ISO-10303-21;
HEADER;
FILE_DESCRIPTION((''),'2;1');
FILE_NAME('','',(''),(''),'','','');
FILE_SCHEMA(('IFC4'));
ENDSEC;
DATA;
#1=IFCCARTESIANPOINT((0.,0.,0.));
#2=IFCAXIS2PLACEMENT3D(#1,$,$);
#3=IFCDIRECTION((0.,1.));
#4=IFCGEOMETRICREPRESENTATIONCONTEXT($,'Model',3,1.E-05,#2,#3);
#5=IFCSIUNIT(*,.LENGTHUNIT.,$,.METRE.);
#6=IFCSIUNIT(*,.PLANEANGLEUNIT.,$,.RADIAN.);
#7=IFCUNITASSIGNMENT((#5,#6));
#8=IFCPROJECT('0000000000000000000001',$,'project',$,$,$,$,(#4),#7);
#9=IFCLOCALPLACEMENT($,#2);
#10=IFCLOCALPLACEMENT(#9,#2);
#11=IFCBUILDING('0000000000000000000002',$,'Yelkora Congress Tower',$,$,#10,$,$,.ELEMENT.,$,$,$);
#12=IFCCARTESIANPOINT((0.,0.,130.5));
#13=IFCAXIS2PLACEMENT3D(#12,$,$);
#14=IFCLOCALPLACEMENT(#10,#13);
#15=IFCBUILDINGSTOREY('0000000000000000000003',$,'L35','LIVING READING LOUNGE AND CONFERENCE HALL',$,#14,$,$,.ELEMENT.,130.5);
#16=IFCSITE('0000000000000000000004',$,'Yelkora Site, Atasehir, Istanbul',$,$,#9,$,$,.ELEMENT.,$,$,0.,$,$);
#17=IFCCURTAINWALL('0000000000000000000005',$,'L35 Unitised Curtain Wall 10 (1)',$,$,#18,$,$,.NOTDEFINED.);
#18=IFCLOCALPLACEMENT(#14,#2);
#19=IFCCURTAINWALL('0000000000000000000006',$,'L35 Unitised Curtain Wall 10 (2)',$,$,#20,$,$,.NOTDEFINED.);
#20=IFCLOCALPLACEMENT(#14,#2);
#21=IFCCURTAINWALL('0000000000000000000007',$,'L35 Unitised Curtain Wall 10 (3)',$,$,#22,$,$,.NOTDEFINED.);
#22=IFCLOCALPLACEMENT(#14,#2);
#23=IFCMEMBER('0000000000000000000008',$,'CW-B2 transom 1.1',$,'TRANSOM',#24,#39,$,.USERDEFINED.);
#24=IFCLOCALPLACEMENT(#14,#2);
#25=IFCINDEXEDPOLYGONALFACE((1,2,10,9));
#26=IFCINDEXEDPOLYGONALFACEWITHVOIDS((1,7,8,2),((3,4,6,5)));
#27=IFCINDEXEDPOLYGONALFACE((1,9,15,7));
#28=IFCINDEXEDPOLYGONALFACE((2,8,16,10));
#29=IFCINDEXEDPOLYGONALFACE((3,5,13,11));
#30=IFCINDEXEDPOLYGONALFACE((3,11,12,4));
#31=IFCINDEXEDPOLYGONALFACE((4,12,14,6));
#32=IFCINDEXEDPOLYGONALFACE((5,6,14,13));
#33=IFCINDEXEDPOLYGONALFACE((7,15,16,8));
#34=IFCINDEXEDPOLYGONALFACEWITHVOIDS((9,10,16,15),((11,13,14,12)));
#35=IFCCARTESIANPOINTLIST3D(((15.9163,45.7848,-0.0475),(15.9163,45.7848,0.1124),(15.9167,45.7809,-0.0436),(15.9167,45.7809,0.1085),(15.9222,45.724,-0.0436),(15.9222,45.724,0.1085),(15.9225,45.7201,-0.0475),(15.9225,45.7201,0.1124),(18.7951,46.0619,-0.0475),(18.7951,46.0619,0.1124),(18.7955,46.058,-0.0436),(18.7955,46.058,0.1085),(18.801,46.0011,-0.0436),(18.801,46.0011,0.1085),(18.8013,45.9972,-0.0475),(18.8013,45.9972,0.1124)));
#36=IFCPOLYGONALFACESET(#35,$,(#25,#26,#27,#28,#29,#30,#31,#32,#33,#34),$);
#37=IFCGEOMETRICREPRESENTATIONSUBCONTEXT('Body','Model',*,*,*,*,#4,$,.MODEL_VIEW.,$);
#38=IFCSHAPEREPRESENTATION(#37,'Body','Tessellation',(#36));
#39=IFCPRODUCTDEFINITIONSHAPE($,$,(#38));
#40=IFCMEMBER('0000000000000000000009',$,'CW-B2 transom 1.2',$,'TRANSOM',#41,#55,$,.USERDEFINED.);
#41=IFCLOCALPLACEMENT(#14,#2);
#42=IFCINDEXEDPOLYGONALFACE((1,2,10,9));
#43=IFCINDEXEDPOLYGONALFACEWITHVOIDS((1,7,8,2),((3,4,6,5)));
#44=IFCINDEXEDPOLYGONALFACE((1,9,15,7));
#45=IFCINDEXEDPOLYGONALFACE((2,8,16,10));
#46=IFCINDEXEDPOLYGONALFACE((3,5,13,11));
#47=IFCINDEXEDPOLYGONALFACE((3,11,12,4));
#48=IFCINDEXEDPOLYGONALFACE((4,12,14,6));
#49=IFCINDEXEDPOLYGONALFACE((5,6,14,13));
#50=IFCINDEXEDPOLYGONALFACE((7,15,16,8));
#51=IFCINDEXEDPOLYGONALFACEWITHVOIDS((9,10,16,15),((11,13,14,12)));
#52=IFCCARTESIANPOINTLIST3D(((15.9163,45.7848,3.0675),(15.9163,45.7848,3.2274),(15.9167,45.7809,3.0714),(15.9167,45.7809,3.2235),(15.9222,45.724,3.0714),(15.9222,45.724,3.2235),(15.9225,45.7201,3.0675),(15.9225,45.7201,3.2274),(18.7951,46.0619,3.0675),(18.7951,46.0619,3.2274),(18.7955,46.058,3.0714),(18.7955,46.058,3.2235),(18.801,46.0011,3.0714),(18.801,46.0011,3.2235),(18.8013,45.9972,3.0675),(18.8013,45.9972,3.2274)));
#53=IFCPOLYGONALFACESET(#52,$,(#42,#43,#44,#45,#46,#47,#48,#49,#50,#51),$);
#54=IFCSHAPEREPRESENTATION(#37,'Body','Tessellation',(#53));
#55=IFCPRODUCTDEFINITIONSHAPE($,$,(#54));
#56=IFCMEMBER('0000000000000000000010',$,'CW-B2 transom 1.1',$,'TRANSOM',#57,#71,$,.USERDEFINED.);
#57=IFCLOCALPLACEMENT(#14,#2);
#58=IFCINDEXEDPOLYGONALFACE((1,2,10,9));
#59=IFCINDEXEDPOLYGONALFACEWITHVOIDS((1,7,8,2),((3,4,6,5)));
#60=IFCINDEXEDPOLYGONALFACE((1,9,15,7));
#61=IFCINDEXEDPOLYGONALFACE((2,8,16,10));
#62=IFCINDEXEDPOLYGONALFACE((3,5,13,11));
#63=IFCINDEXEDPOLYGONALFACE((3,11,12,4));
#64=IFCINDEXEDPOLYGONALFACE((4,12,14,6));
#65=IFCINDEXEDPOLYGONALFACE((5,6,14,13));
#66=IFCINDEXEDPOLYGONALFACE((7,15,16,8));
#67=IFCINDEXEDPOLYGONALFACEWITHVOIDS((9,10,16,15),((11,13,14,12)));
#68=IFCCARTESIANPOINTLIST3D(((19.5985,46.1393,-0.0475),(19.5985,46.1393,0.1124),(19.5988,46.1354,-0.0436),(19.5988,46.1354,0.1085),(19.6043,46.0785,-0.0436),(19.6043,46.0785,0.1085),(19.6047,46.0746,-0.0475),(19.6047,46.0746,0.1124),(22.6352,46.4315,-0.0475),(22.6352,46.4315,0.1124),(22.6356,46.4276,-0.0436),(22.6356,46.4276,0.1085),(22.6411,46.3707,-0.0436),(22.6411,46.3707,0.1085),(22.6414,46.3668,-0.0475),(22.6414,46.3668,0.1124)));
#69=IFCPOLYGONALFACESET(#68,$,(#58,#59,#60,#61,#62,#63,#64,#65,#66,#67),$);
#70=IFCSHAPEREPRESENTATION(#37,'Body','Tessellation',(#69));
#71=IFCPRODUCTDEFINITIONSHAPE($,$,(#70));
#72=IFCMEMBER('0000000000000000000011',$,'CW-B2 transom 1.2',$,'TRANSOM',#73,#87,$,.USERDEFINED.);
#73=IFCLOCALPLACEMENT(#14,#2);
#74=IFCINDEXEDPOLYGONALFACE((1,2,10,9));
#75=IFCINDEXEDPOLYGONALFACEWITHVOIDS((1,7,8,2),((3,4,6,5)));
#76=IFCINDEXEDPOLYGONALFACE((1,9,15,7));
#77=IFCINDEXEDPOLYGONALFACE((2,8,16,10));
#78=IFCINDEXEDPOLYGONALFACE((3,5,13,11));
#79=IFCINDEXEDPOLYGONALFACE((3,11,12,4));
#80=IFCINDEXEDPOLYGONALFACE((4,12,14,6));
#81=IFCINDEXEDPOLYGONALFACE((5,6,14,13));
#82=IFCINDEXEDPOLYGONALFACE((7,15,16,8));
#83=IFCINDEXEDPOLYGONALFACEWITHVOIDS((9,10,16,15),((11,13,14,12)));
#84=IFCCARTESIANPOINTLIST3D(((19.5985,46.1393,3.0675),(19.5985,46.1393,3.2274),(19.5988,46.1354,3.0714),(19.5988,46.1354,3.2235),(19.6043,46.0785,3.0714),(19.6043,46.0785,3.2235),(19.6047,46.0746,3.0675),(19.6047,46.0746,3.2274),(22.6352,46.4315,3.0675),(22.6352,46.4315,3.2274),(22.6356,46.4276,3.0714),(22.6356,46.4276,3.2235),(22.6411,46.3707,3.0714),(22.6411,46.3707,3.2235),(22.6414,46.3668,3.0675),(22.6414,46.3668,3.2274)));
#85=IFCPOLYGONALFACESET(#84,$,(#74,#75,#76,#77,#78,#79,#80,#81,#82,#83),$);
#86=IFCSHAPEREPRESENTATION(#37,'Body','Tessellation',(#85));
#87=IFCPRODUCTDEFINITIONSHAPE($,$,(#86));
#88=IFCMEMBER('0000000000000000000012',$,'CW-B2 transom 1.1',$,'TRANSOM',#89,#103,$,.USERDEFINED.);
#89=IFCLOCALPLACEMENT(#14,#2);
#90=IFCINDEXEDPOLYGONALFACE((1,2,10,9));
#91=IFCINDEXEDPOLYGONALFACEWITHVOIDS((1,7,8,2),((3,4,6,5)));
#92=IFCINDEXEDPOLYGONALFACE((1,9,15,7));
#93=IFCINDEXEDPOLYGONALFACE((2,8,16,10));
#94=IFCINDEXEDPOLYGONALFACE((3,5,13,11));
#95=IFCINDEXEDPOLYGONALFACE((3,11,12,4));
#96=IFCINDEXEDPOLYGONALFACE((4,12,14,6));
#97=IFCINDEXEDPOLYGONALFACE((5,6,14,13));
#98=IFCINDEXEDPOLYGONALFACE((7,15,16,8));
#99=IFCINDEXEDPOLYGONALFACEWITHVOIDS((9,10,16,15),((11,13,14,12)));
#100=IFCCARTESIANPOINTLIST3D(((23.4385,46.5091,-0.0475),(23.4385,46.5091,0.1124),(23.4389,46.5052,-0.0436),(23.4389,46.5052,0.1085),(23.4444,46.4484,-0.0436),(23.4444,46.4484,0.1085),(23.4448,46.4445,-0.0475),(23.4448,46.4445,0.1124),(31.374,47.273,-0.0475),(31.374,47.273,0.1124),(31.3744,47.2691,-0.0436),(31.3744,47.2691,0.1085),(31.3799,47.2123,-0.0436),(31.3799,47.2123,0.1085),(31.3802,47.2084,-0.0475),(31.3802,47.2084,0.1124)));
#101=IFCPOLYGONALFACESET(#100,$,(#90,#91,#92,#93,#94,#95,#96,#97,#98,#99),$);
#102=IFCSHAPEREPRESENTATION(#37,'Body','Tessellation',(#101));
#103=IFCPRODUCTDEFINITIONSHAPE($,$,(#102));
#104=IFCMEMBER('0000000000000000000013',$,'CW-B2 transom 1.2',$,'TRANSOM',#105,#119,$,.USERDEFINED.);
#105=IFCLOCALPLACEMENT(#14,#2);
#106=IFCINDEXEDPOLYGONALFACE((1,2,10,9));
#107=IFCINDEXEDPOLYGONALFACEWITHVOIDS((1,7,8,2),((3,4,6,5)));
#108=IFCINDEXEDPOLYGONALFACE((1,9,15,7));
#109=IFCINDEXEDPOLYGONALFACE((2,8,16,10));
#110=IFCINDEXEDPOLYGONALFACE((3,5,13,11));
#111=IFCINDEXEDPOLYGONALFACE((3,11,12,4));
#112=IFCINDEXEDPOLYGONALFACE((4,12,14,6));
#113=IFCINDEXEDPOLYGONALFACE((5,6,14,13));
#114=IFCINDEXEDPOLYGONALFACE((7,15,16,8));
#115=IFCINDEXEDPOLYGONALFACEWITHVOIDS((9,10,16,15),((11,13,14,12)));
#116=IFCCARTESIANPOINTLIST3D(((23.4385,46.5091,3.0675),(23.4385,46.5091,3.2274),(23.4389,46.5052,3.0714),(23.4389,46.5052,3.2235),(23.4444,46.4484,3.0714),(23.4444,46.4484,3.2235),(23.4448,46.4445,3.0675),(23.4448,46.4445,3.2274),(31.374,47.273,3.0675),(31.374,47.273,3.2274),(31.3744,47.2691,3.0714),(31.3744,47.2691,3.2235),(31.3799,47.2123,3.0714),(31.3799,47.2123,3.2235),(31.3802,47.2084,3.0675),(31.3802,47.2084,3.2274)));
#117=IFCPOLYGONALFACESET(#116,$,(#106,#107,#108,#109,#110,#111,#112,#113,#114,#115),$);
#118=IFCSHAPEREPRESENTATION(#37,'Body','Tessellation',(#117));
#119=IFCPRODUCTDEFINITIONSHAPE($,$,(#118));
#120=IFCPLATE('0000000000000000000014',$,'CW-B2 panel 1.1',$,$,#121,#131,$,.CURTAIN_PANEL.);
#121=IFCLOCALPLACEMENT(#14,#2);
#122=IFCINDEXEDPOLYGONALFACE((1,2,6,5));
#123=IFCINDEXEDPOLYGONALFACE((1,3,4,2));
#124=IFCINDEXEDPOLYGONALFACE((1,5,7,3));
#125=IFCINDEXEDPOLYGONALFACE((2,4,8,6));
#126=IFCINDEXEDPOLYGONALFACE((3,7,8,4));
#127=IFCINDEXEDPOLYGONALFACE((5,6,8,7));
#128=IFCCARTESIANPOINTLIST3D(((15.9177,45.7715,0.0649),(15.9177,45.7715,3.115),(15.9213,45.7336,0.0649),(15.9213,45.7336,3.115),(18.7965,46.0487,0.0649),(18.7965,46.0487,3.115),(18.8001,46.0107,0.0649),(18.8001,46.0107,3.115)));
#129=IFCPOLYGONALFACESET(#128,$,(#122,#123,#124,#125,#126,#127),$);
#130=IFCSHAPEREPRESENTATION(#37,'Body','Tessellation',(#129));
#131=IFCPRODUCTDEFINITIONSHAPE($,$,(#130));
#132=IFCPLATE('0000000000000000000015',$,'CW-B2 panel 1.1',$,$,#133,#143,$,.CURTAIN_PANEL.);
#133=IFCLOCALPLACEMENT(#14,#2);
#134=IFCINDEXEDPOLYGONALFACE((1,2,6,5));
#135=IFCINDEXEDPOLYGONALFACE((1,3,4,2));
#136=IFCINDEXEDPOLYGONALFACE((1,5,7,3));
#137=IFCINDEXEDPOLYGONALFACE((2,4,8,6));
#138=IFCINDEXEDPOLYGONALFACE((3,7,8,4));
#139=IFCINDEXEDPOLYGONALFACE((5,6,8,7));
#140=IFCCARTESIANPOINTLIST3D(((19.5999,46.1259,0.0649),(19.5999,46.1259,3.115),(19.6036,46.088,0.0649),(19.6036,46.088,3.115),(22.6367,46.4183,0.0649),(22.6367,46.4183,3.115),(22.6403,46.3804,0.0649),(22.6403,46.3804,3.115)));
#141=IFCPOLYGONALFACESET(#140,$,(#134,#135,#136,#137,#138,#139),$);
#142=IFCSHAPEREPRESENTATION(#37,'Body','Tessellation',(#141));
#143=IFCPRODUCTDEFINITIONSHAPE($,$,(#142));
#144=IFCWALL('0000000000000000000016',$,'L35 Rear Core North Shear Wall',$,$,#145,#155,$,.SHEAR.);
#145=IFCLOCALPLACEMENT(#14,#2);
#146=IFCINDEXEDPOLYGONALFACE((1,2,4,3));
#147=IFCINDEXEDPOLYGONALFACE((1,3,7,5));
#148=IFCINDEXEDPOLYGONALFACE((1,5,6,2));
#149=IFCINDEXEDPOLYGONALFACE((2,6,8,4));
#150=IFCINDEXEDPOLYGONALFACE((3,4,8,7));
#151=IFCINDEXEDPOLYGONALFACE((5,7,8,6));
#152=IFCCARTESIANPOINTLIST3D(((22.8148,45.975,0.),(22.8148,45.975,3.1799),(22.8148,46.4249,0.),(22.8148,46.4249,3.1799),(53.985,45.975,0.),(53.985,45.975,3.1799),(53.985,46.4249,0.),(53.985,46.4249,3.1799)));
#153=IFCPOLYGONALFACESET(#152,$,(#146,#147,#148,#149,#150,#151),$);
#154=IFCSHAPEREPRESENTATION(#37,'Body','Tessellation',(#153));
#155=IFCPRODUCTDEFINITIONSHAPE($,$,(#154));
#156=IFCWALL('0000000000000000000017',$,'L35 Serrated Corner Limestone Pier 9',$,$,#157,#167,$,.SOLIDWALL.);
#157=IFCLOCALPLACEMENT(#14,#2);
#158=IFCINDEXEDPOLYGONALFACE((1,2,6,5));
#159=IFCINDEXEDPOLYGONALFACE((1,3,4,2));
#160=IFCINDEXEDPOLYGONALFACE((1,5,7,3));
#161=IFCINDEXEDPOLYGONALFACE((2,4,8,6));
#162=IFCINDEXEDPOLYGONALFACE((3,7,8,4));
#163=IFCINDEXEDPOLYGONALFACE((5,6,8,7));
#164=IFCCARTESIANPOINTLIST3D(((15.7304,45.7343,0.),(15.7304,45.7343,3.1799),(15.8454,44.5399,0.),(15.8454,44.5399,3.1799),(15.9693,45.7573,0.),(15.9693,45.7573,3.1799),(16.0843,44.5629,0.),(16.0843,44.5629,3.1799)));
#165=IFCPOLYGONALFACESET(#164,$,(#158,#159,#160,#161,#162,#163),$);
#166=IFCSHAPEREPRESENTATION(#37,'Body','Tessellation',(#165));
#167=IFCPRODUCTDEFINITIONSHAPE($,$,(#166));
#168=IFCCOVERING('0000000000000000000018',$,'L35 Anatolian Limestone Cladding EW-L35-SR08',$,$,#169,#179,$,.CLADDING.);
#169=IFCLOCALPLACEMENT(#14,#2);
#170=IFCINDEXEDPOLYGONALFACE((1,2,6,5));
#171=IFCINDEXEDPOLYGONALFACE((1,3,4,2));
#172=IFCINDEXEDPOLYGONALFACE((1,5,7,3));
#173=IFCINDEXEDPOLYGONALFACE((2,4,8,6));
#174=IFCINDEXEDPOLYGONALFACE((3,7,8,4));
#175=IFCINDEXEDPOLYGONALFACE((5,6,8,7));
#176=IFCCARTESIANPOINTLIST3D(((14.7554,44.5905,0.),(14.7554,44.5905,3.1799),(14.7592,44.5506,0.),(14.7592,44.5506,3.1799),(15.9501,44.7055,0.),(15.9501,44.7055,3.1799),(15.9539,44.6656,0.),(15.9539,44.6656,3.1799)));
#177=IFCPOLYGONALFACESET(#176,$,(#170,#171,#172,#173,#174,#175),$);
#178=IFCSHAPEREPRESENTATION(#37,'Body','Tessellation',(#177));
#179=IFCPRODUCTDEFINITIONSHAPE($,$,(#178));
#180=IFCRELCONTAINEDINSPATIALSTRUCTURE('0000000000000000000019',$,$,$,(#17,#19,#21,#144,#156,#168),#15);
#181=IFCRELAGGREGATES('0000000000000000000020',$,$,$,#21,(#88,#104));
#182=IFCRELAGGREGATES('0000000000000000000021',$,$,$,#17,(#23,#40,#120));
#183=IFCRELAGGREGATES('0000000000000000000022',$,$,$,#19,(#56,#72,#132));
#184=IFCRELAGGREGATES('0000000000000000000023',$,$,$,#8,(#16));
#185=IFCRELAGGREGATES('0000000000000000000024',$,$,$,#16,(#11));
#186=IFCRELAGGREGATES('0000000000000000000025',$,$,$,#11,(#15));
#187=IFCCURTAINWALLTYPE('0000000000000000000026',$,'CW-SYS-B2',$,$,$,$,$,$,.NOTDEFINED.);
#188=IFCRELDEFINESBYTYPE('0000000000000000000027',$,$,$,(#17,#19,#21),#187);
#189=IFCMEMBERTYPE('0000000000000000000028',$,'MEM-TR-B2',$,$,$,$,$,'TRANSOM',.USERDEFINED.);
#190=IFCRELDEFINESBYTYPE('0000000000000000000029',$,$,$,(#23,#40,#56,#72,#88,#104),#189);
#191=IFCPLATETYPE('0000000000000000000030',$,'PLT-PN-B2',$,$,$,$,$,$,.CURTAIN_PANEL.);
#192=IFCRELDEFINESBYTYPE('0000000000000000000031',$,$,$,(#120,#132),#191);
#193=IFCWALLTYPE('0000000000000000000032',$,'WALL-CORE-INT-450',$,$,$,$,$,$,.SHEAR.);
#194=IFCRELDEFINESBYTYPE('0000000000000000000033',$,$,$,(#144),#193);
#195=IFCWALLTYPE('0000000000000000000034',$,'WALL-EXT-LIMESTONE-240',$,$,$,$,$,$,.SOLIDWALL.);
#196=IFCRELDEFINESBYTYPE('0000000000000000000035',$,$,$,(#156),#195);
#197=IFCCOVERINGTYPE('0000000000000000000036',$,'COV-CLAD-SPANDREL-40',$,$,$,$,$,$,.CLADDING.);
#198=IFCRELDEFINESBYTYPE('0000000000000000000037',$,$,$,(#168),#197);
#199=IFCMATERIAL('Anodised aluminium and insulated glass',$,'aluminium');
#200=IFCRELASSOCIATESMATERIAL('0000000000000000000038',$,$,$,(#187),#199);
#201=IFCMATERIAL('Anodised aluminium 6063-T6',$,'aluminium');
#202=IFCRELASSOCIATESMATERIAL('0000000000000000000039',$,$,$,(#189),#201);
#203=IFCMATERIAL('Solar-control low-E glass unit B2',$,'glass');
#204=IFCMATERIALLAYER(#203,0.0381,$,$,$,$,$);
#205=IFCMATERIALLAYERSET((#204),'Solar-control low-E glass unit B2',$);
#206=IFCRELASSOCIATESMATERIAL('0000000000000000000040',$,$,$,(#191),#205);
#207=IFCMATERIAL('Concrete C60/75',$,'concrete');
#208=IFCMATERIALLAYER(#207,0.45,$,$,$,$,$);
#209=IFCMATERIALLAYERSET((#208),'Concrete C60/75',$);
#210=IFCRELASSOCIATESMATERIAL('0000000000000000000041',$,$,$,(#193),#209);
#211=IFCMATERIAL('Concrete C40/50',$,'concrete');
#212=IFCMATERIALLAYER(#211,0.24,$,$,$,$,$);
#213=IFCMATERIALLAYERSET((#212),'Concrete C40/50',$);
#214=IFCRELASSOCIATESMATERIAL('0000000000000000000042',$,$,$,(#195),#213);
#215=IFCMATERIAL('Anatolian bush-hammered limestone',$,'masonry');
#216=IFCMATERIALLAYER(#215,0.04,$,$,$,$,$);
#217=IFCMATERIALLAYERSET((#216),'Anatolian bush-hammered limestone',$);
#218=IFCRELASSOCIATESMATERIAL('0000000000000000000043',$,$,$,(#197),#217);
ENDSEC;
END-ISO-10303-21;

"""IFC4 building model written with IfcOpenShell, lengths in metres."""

from ifc_helpers import new_model, si_unit, direction, frame, frame_2d, origin, origin_2d, place, context, subcontext, project, spatial, rectangle, hollow_rectangle, extrude, material, layer, layer_set, material_profile, profile_set, type_object, element, aggregate, save


model = new_model("IFC4")

# Units and contexts
model_context = context("Model", 3, precision=1e-05, world=origin(), true_north=direction((0.0, 1.0)))
body_context = subcontext(model_context, "Body", "Model", "MODEL_VIEW")
ifc_project = project(units=[si_unit("LENGTHUNIT", "METRE"), si_unit("PLANEANGLEUNIT", "RADIAN")], contexts=[model_context])

# Site, building, storey
site_placement = place(None, origin())
site = spatial("IfcSite", under=ifc_project, at=site_placement, Name="Yelkora Site, Atasehir, Istanbul", CompositionType="ELEMENT", RefElevation=0.0)
building_placement = place(site_placement, origin())
building = spatial("IfcBuilding", under=site, at=building_placement, Name="Yelkora Congress Tower", CompositionType="ELEMENT")
storey_placement = place(building_placement, frame((0.0, 0.0, 130.5)))
storey = spatial("IfcBuildingStorey", under=building, at=storey_placement, Name="L35", Description="LIVING READING LOUNGE AND CONFERENCE HALL", CompositionType="ELEMENT", Elevation=130.5)

# Curtain walls
ifc_material_1 = material(Name="Anodised aluminium and insulated glass", Category="aluminium")
curtain_wall_type = type_object("IfcCurtainWallType", Name="CW-SYS-B2", PredefinedType="NOTDEFINED", material=ifc_material_1)
curtain_wall_1_placement = place(storey_placement, origin())
curtain_wall_1 = element("IfcCurtainWall", 1, at=curtain_wall_1_placement, inside=storey, type_object=curtain_wall_type, Name="L35 Unitised Curtain Wall 10 (1)", PredefinedType="NOTDEFINED")
ifc_material_2 = material(Name="Anodised aluminium 6063-T6", Category="aluminium")
curtain_wall_2_placement = place(storey_placement, origin())
curtain_wall_2 = element("IfcCurtainWall", 2, at=curtain_wall_2_placement, inside=storey, type_object=curtain_wall_type, Name="L35 Unitised Curtain Wall 10 (2)", PredefinedType="NOTDEFINED")

# Curtain wall
curtain_wall_3_placement = place(storey_placement, origin())
curtain_wall_3 = element("IfcCurtainWall", 3, at=curtain_wall_3_placement, inside=storey, type_object=curtain_wall_type, Name="L35 Unitised Curtain Wall 10 (3)", PredefinedType="NOTDEFINED")

# Members
ifc_material_profile_1 = material_profile(ifc_material_2, hollow_rectangle(XDim=0.0649, YDim=0.1599, WallThickness=0.0039, at=origin_2d()), Name="ALU 65x160x4")
ifc_profile_set_1 = profile_set([ifc_material_profile_1], Name="Anodised aluminium 6063-T6")
member_type_1 = type_object("IfcMemberType", Name="MEM-TR-B2", ElementType="TRANSOM", PredefinedType="USERDEFINED", material=ifc_profile_set_1)
member_1_placement = place(storey_placement, frame((15.9194, 45.7524, 0.0325), z_axis=(0.9954, 0.095809, 0.0), x_axis=(-0.095809, 0.9954, 0.0)))
member_1 = element("IfcMember", 4, at=member_1_placement, type_object=member_type_1, Name="CW-B2 transom 1.1", ObjectType="TRANSOM", PredefinedType="USERDEFINED", context=body_context, shape_type="SweptSolid", body=[
    extrude(hollow_rectangle(XDim=0.0649, YDim=0.1599, WallThickness=0.0039, at=origin_2d()), origin(), (0.0, 0.0, 1.0), 2.8921),
])
member_2_placement = place(storey_placement, frame((15.9194, 45.7524, 3.1475), z_axis=(0.9954, 0.095809, 0.0), x_axis=(-0.095809, 0.9954, 0.0)))
member_2 = element("IfcMember", 5, at=member_2_placement, type_object=member_type_1, Name="CW-B2 transom 1.2", ObjectType="TRANSOM", PredefinedType="USERDEFINED", context=body_context, shape_type="SweptSolid", body=[
    extrude(hollow_rectangle(XDim=0.0649, YDim=0.1599, WallThickness=0.0039, at=origin_2d()), origin(), (0.0, 0.0, 1.0), 2.8921),
])
member_3_placement = place(storey_placement, frame((19.6016, 46.1069, 0.0325), z_axis=(0.995402, 0.095787, 0.0), x_axis=(-0.095787, 0.995402, 0.0)))
member_3 = element("IfcMember", 6, at=member_3_placement, type_object=member_type_1, Name="CW-B2 transom 1.1", ObjectType="TRANSOM", PredefinedType="USERDEFINED", context=body_context, shape_type="SweptSolid", body=[
    extrude(hollow_rectangle(XDim=0.0649, YDim=0.1599, WallThickness=0.0039, at=origin_2d()), origin(), (0.0, 0.0, 1.0), 3.0508),
])
member_4_placement = place(storey_placement, frame((19.6016, 46.1069, 3.1475), z_axis=(0.995402, 0.095787, 0.0), x_axis=(-0.095787, 0.995402, 0.0)))
member_4 = element("IfcMember", 7, at=member_4_placement, type_object=member_type_1, Name="CW-B2 transom 1.2", ObjectType="TRANSOM", PredefinedType="USERDEFINED", context=body_context, shape_type="SweptSolid", body=[
    extrude(hollow_rectangle(XDim=0.0649, YDim=0.1599, WallThickness=0.0039, at=origin_2d()), origin(), (0.0, 0.0, 1.0), 3.0508),
])
member_5_placement = place(storey_placement, frame((23.4417, 46.4768, 0.0325), z_axis=(0.995398, 0.095822, 0.0), x_axis=(-0.095822, 0.995398, 0.0)))
member_5 = element("IfcMember", 8, at=member_5_placement, type_object=member_type_1, Name="CW-B2 transom 1.1", ObjectType="TRANSOM", PredefinedType="USERDEFINED", context=body_context, shape_type="SweptSolid", body=[
    extrude(hollow_rectangle(XDim=0.0649, YDim=0.1599, WallThickness=0.0039, at=origin_2d()), origin(), (0.0, 0.0, 1.0), 7.9722),
])
member_6_placement = place(storey_placement, frame((23.4417, 46.4768, 3.1475), z_axis=(0.995398, 0.095822, 0.0), x_axis=(-0.095822, 0.995398, 0.0)))
member_6 = element("IfcMember", 9, at=member_6_placement, type_object=member_type_1, Name="CW-B2 transom 1.2", ObjectType="TRANSOM", PredefinedType="USERDEFINED", context=body_context, shape_type="SweptSolid", body=[
    extrude(hollow_rectangle(XDim=0.0649, YDim=0.1599, WallThickness=0.0039, at=origin_2d()), origin(), (0.0, 0.0, 1.0), 7.9722),
])
aggregate(curtain_wall_3, [member_5, member_6])

# Plates
ifc_material_3 = material(Name="Solar-control low-E glass unit B2", Category="glass")
ifc_layer_1 = layer(ifc_material_3, 0.0381)
ifc_layer_set_1 = layer_set([ifc_layer_1], Name="Solar-control low-E glass unit B2")
plate_type = type_object("IfcPlateType", Name="PLT-PN-B2", PredefinedType="CURTAIN_PANEL", material=ifc_layer_set_1)
plate_1_placement = place(storey_placement, frame((17.3589, 45.8911, 0.0649), z_axis=(0.0, 0.0, 1.0), x_axis=(0.995397, 0.095839, 0.0)))
plate_1 = element("IfcPlate", 10, at=plate_1_placement, type_object=plate_type, Name="CW-B2 panel 1.1", PredefinedType="CURTAIN_PANEL", context=body_context, shape_type="SweptSolid", body=[
    extrude(rectangle(XDim=2.8921, YDim=0.0381, at=origin_2d()), origin(), (0.0, 0.0, 1.0), 3.05),
])
aggregate(curtain_wall_1, [member_1, member_2, plate_1])
plate_2_placement = place(storey_placement, frame((21.1201, 46.2532, 0.0649), z_axis=(0.0, 0.0, 1.0), x_axis=(0.995397, 0.095841, 0.0)))
plate_2 = element("IfcPlate", 11, at=plate_2_placement, type_object=plate_type, Name="CW-B2 panel 1.1", PredefinedType="CURTAIN_PANEL", context=body_context, shape_type="SweptSolid", body=[
    extrude(rectangle(XDim=3.0508, YDim=0.0381, at=origin_2d()), origin(), (0.0, 0.0, 1.0), 3.05),
])
aggregate(curtain_wall_2, [member_3, member_4, plate_2])

# Walls
ifc_material_4 = material(Name="Concrete C60/75", Category="concrete")
ifc_layer_2 = layer(ifc_material_4, 0.45)
ifc_layer_set_2 = layer_set([ifc_layer_2], Name="Concrete C60/75")
wall_type_1 = type_object("IfcWallType", Name="WALL-CORE-INT-450", PredefinedType="SHEAR", material=ifc_layer_set_2)
wall_1_placement = place(storey_placement, frame((22.8149, 46.2, 0.0), z_axis=(0.0, 0.0, 1.0), x_axis=(1.0, 0.0, 0.0)))
element("IfcWall", 12, at=wall_1_placement, inside=storey, type_object=wall_type_1, Name="L35 Rear Core North Shear Wall", PredefinedType="SHEAR", context=body_context, shape_type="SweptSolid", body=[
    extrude(rectangle(XDim=31.1702, YDim=0.45, at=frame_2d((15.585, 0.0))), origin(), (0.0, 0.0, 1.0), 3.1799),
])
ifc_material_5 = material(Name="Concrete C40/50", Category="concrete")
ifc_layer_3 = layer(ifc_material_5, 0.24)
ifc_layer_set_3 = layer_set([ifc_layer_3], Name="Concrete C40/50")
wall_type_2 = type_object("IfcWallType", Name="WALL-EXT-LIMESTONE-240", PredefinedType="SOLIDWALL", material=ifc_layer_set_3)
wall_2_placement = place(storey_placement, frame((15.9648, 44.5513, 0.0), z_axis=(0.0, 0.0, 1.0), x_axis=(-0.095836, 0.995397, 0.0)))
element("IfcWall", 13, at=wall_2_placement, inside=storey, type_object=wall_type_2, Name="L35 Serrated Corner Limestone Pier 9", PredefinedType="SOLIDWALL", context=body_context, shape_type="SweptSolid", body=[
    extrude(rectangle(XDim=1.2, YDim=0.24, at=frame_2d((0.6001, 0.0))), origin(), (0.0, 0.0, 1.0), 3.1799),
])

# Covering
ifc_material_6 = material(Name="Anatolian bush-hammered limestone", Category="masonry")
ifc_layer_4 = layer(ifc_material_6, 0.04)
ifc_layer_set_4 = layer_set([ifc_layer_4], Name="Anatolian bush-hammered limestone")
covering_type = type_object("IfcCoveringType", Name="COV-CLAD-SPANDREL-40", PredefinedType="CLADDING", material=ifc_layer_set_4)
covering_placement = place(storey_placement, frame((14.7573, 44.5706, 0.0), z_axis=(0.0, 0.0, 1.0), x_axis=(0.995399, 0.095817, 0.0)))
element("IfcCovering", 14, at=covering_placement, inside=storey, type_object=covering_type, Name="L35 Anatolian Limestone Cladding EW-L35-SR08", PredefinedType="CLADDING", context=body_context, shape_type="SweptSolid", body=[
    extrude(rectangle(XDim=1.2002, YDim=0.04, at=frame_2d((0.6001, 0.0))), origin(), (0.0, 0.0, 1.0), 3.1799),
])

save(model, "model.ifc")
